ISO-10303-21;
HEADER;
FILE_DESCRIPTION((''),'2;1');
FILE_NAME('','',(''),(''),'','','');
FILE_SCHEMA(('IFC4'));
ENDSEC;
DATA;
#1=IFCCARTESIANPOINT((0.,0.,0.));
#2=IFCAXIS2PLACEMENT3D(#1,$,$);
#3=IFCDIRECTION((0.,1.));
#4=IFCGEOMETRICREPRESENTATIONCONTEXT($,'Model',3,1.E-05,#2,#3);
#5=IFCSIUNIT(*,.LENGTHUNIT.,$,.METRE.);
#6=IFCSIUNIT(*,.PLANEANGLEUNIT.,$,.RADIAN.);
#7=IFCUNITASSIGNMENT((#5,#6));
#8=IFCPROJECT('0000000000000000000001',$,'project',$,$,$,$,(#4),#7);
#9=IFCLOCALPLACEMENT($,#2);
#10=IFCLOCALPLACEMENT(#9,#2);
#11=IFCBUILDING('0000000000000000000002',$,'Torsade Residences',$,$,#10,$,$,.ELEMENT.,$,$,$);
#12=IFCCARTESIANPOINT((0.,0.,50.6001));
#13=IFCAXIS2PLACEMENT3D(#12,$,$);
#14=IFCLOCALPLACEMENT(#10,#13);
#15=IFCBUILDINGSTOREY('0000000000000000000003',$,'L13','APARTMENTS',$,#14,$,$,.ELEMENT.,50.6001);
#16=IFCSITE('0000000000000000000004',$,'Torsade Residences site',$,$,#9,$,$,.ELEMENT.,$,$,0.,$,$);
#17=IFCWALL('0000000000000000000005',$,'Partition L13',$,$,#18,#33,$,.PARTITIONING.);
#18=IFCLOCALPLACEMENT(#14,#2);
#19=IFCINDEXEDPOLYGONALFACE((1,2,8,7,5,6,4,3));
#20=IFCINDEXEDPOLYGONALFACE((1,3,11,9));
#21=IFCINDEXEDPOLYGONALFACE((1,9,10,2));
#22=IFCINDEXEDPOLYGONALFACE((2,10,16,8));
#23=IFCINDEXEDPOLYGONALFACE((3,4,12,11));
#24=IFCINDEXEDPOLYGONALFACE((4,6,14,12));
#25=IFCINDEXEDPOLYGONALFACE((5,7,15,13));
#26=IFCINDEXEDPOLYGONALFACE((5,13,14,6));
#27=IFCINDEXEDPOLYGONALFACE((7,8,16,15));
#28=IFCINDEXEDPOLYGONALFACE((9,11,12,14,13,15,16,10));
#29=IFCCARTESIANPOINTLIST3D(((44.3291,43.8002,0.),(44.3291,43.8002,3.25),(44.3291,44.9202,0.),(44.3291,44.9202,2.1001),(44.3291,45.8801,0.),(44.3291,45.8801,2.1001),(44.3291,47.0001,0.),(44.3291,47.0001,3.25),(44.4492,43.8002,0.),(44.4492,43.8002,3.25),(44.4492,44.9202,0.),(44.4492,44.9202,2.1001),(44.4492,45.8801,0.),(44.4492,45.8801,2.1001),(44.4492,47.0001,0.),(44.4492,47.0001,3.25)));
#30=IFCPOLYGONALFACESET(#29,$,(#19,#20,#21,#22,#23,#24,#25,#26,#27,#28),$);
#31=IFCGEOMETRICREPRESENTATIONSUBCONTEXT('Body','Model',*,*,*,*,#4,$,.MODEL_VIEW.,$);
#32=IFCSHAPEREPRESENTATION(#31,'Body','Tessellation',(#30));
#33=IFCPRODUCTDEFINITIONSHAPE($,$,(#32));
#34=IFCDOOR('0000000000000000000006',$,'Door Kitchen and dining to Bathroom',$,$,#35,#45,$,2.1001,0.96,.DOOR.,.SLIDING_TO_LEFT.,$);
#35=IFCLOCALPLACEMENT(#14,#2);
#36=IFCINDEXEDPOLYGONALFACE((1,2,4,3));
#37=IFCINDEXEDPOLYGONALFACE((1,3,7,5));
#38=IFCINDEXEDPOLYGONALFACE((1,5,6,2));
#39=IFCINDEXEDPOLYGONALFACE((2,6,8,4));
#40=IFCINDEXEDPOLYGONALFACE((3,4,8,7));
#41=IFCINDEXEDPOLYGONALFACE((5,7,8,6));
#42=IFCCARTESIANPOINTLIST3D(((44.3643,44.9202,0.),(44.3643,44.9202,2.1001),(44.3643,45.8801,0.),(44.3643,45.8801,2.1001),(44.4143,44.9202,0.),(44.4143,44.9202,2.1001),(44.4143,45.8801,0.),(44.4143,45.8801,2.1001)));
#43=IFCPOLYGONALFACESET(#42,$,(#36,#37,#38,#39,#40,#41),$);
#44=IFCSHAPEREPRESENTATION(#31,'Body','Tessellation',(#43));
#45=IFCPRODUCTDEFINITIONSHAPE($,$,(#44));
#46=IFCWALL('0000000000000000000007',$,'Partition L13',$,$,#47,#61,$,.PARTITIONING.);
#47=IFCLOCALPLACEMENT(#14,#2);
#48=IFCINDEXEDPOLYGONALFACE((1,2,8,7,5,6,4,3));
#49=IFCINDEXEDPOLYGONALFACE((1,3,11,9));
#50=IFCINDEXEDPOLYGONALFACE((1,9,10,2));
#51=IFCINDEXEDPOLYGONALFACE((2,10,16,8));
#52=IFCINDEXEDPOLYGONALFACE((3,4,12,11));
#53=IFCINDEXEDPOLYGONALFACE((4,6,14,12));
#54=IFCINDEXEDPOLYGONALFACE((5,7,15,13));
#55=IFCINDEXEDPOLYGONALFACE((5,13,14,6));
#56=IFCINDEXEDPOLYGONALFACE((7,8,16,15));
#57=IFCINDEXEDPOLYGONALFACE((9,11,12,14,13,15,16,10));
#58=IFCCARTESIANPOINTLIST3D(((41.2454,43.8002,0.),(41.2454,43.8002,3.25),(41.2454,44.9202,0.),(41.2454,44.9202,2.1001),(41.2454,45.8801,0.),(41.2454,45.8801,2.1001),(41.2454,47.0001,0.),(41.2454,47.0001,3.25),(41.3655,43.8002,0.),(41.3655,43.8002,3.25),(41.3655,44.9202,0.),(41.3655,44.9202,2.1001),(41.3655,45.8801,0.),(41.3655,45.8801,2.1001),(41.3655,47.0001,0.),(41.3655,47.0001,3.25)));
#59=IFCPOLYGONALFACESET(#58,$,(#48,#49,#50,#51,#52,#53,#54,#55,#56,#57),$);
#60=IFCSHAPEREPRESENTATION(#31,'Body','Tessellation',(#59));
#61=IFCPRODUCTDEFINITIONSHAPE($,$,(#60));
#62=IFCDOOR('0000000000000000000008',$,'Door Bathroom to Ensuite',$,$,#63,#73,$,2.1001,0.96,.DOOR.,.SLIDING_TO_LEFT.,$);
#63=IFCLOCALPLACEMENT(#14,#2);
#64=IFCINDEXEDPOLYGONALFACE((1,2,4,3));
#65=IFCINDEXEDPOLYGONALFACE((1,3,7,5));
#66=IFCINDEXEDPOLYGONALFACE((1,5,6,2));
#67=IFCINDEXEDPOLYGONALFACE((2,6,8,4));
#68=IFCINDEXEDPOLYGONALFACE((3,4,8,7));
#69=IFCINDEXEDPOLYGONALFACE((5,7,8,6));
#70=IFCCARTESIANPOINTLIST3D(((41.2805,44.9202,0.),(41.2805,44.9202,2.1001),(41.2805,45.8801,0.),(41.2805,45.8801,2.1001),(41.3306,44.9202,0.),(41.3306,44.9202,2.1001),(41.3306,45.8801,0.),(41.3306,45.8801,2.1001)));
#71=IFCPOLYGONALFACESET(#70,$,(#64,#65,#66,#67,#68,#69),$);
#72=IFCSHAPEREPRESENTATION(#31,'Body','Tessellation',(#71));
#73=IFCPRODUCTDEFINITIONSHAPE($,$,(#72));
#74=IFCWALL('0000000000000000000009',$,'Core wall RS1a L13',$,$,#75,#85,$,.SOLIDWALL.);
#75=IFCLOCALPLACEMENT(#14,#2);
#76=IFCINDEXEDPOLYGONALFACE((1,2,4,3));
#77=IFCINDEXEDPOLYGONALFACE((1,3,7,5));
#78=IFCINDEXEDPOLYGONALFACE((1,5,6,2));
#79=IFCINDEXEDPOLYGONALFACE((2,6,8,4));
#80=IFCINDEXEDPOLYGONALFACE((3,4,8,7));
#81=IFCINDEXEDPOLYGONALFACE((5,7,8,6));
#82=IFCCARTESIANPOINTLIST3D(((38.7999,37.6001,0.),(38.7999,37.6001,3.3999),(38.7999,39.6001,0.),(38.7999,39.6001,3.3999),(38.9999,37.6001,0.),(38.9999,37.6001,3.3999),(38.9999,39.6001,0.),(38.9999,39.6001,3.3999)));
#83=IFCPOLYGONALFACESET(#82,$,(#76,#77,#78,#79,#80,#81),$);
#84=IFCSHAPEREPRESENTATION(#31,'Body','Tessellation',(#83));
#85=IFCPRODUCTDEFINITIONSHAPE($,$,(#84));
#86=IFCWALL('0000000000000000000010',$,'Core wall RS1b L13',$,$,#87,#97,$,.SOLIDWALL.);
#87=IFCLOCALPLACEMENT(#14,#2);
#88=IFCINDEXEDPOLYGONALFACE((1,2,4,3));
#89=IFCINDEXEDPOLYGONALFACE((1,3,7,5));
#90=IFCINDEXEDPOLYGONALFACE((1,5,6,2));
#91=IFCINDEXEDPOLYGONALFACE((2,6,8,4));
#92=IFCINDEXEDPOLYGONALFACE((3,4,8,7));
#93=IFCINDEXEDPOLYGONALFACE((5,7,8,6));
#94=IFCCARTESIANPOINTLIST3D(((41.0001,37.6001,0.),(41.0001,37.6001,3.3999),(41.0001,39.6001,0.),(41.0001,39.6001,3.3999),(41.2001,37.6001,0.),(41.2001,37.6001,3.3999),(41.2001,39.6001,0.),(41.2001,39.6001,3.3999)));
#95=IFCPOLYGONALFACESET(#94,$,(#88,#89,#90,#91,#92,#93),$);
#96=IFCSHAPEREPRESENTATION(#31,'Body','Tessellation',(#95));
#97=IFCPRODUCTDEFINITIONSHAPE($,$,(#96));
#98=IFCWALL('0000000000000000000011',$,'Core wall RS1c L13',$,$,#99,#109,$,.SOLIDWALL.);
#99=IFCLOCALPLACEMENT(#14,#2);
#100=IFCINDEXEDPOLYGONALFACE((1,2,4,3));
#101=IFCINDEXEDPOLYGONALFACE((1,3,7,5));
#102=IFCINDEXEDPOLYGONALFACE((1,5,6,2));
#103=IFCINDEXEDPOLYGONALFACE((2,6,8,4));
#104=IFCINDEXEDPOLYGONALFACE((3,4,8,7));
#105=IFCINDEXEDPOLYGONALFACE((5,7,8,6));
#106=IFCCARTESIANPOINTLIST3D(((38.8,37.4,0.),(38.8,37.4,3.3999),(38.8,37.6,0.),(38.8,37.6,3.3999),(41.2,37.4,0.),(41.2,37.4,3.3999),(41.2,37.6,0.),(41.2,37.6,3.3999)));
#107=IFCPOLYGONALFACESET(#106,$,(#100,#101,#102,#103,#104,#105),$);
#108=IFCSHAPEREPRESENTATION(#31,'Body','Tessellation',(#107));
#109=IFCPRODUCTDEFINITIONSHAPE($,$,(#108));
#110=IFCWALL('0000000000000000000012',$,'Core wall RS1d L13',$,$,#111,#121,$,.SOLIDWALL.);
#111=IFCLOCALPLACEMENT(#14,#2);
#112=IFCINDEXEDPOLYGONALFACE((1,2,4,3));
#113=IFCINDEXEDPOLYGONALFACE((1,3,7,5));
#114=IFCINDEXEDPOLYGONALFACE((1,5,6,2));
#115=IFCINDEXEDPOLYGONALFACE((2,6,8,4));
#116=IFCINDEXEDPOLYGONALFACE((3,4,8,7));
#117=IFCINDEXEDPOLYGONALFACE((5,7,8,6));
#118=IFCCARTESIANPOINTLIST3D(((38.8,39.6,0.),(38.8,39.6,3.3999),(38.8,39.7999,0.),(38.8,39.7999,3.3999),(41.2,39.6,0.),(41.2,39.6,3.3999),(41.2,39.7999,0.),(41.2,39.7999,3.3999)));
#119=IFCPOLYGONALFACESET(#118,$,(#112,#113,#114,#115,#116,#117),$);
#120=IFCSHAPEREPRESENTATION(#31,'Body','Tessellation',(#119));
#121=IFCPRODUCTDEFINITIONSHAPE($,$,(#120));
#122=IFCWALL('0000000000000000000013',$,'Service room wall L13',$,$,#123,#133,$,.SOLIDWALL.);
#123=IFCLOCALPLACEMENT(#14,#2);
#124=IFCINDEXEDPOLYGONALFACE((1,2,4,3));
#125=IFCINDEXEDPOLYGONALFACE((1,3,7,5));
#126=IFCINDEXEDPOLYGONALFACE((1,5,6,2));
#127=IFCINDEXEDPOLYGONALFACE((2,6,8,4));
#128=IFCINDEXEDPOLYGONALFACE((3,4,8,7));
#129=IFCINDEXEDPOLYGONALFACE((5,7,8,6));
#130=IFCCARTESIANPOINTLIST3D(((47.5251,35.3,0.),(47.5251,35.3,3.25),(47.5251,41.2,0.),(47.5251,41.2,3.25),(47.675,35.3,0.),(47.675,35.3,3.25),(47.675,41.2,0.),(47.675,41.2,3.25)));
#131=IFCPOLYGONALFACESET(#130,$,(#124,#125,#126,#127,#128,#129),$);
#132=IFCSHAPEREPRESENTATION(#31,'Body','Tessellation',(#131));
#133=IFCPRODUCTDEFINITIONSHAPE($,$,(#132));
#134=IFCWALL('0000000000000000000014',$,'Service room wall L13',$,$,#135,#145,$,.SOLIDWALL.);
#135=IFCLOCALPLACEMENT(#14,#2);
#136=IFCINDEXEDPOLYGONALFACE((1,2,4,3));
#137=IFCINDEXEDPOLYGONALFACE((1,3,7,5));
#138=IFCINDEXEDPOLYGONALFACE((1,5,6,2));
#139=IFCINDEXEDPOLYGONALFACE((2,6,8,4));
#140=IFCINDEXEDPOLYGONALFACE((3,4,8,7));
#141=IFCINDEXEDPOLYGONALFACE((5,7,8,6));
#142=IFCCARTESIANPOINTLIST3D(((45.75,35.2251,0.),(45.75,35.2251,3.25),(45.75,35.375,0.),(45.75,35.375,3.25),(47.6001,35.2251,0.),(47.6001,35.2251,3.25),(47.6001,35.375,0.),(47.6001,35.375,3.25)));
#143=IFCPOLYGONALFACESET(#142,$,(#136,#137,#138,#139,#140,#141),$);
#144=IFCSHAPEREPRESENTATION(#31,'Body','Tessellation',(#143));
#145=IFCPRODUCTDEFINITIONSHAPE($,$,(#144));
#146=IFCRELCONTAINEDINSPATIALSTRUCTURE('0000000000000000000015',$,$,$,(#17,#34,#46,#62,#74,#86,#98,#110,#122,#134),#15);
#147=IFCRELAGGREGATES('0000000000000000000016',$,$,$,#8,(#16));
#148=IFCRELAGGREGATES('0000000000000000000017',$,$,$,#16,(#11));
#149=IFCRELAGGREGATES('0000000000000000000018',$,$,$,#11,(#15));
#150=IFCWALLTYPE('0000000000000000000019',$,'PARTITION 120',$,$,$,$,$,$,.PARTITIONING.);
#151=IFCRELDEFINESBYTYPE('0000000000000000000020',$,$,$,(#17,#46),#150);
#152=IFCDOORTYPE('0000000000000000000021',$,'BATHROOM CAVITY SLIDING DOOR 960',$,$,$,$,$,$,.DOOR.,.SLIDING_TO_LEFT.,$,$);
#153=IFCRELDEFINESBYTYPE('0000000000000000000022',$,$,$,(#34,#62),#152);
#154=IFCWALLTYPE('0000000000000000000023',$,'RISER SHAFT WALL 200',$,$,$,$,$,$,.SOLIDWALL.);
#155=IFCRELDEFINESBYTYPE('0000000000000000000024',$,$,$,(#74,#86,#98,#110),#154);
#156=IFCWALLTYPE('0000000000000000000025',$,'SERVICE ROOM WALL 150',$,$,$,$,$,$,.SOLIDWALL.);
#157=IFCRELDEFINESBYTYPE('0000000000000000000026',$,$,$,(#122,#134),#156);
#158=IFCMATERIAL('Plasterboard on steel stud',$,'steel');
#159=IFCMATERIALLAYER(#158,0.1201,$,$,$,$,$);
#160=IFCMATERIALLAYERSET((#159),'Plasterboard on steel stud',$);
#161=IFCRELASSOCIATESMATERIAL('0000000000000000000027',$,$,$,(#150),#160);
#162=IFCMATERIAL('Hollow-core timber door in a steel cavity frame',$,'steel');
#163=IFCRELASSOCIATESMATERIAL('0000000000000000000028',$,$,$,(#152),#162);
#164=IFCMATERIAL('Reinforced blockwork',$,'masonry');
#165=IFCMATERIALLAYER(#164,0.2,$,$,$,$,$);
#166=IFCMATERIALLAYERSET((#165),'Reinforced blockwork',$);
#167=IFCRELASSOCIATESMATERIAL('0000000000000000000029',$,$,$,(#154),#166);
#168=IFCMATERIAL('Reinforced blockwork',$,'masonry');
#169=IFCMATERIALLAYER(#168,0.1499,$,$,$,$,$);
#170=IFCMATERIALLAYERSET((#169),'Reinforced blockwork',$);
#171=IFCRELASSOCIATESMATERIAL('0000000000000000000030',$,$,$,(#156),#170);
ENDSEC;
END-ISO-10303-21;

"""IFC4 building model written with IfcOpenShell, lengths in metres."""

from ifc_helpers import new_model, si_unit, direction, frame, frame_2d, origin, place, context, subcontext, project, spatial, rectangle, extrude, material, layer, layer_set, type_object, element, fill, save


model = new_model("IFC4")

# Units and contexts
model_context = context("Model", 3, precision=1e-05, world=origin(), true_north=direction((0.0, 1.0)))
body_context = subcontext(model_context, "Body", "Model", "MODEL_VIEW")
ifc_project = project(units=[si_unit("LENGTHUNIT", "METRE"), si_unit("PLANEANGLEUNIT", "RADIAN")], contexts=[model_context])

# Site, building, storey
site_placement = place(None, origin())
site = spatial("IfcSite", under=ifc_project, at=site_placement, Name="Torsade Residences site", CompositionType="ELEMENT", RefElevation=0.0)
building_placement = place(site_placement, origin())
building = spatial("IfcBuilding", under=site, at=building_placement, Name="Torsade Residences", CompositionType="ELEMENT")
storey_placement = place(building_placement, frame((0.0, 0.0, 50.6001)))
storey = spatial("IfcBuildingStorey", under=building, at=storey_placement, Name="L13", Description="APARTMENTS", CompositionType="ELEMENT", Elevation=50.6001)

# Walls, openings, doors
ifc_material_1 = material(Name="Plasterboard on steel stud", Category="steel")
ifc_layer_1 = layer(ifc_material_1, 0.1201)
ifc_layer_set_1 = layer_set([ifc_layer_1], Name="Plasterboard on steel stud")
wall_type_1 = type_object("IfcWallType", Name="PARTITION 120", PredefinedType="PARTITIONING", material=ifc_layer_set_1)
wall_1_placement = place(storey_placement, frame((44.3892, 43.8, 0.0), z_axis=(0.0, 0.0, 1.0), x_axis=(0.0, 1.0, 0.0)))
wall_1 = element("IfcWall", 1, at=wall_1_placement, inside=storey, type_object=wall_type_1, Name="Partition L13", PredefinedType="PARTITIONING", context=body_context, shape_type="SweptSolid", body=[
    extrude(rectangle(XDim=3.2, YDim=0.1201, at=frame_2d((1.6001, 0.0))), origin(), (0.0, 0.0, 1.0), 3.25),
])
opening_1_placement = place(wall_1_placement, frame((1.1201, 0.0, 0.0)))
opening_1 = element("IfcOpeningElement", 2, at=opening_1_placement, cuts=wall_1, PredefinedType="OPENING", context=body_context, shape_type="SweptSolid", body=[
    extrude(rectangle(XDim=0.96, YDim=2.1001, at=frame_2d((0.48, 1.05))), frame((0.0, 0.0701, 0.0), z_axis=(0.0, -1.0, 0.0), x_axis=(1.0, 0.0, 0.0)), (0.0, 0.0, 1.0), 0.1401),
])
ifc_material_2 = material(Name="Hollow-core timber door in a steel cavity frame", Category="steel")
door_type = type_object("IfcDoorType", Name="BATHROOM CAVITY SLIDING DOOR 960", OperationType="SLIDING_TO_LEFT", PredefinedType="DOOR", material=ifc_material_2)
door_1_placement = place(opening_1_placement, origin())
door_1 = element("IfcDoor", 3, at=door_1_placement, inside=storey, type_object=door_type, Name="Door Kitchen and dining to Bathroom", OperationType="SLIDING_TO_LEFT", OverallHeight=2.1001, OverallWidth=0.96, PredefinedType="DOOR", context=body_context, shape_type="SweptSolid", body=[
    extrude(rectangle(XDim=0.96, YDim=2.1001, at=frame_2d((0.48, 1.05))), frame((0.0, 0.0249, 0.0), z_axis=(0.0, -1.0, 0.0), x_axis=(1.0, 0.0, 0.0)), (0.0, 0.0, 1.0), 0.05),
])
fill(opening_1, door_1)
wall_2_placement = place(storey_placement, frame((41.3054, 43.8, 0.0), z_axis=(0.0, 0.0, 1.0), x_axis=(0.0, 1.0, 0.0)))
wall_2 = element("IfcWall", 4, at=wall_2_placement, inside=storey, type_object=wall_type_1, Name="Partition L13", PredefinedType="PARTITIONING", context=body_context, shape_type="SweptSolid", body=[
    extrude(rectangle(XDim=3.2, YDim=0.1201, at=frame_2d((1.6001, 0.0))), origin(), (0.0, 0.0, 1.0), 3.25),
])
opening_2_placement = place(wall_2_placement, frame((1.1201, 0.0, 0.0)))
opening_2 = element("IfcOpeningElement", 5, at=opening_2_placement, cuts=wall_2, PredefinedType="OPENING", context=body_context, shape_type="SweptSolid", body=[
    extrude(rectangle(XDim=0.96, YDim=2.1001, at=frame_2d((0.48, 1.05))), frame((0.0, 0.0701, 0.0), z_axis=(0.0, -1.0, 0.0), x_axis=(1.0, 0.0, 0.0)), (0.0, 0.0, 1.0), 0.1401),
])
door_2_placement = place(opening_2_placement, origin())
door_2 = element("IfcDoor", 6, at=door_2_placement, inside=storey, type_object=door_type, Name="Door Bathroom to Ensuite", OperationType="SLIDING_TO_LEFT", OverallHeight=2.1001, OverallWidth=0.96, PredefinedType="DOOR", context=body_context, shape_type="SweptSolid", body=[
    extrude(rectangle(XDim=0.96, YDim=2.1001, at=frame_2d((0.48, 1.05))), frame((0.0, 0.0249, 0.0), z_axis=(0.0, -1.0, 0.0), x_axis=(1.0, 0.0, 0.0)), (0.0, 0.0, 1.0), 0.05),
])
fill(opening_2, door_2)

# Walls
ifc_material_3 = material(Name="Reinforced blockwork", Category="masonry")
ifc_layer_2 = layer(ifc_material_3, 0.2)
ifc_layer_set_2 = layer_set([ifc_layer_2], Name="Reinforced blockwork")
wall_type_2 = type_object("IfcWallType", Name="RISER SHAFT WALL 200", PredefinedType="SOLIDWALL", material=ifc_layer_set_2)
for number, where, z_axis, x_axis, name in (
    (7, (38.8999, 37.6001, 0.0), (0.0, 0.0, 1.0), (0.0, 1.0, 0.0), "Core wall RS1a L13"),
    (8, (41.1001, 37.6001, 0.0), (0.0, 0.0, 1.0), (0.0, 1.0, 0.0), "Core wall RS1b L13"),
):
    element("IfcWall", number, at=place(storey_placement, frame(where, z_axis=z_axis, x_axis=x_axis)), inside=storey, type_object=wall_type_2, Name=name, PredefinedType="SOLIDWALL", context=body_context, shape_type="SweptSolid", body=[
        extrude(rectangle(XDim=2.0, YDim=0.2, at=frame_2d((1.0, 0.0))), origin(), (0.0, 0.0, 1.0), 3.3999),
    ])
for number, where, z_axis, x_axis, name in (
    (9, (38.8, 37.5, 0.0), (0.0, 0.0, 1.0), (1.0, 0.0, 0.0), "Core wall RS1c L13"),
    (10, (38.8, 39.7, 0.0), (0.0, 0.0, 1.0), (1.0, 0.0, 0.0), "Core wall RS1d L13"),
):
    element("IfcWall", number, at=place(storey_placement, frame(where, z_axis=z_axis, x_axis=x_axis)), inside=storey, type_object=wall_type_2, Name=name, PredefinedType="SOLIDWALL", context=body_context, shape_type="SweptSolid", body=[
        extrude(rectangle(XDim=2.3999, YDim=0.2, at=frame_2d((1.2, 0.0))), origin(), (0.0, 0.0, 1.0), 3.3999),
    ])
ifc_material_4 = material(Name="Reinforced blockwork", Category="masonry")
ifc_layer_3 = layer(ifc_material_4, 0.1499)
ifc_layer_set_3 = layer_set([ifc_layer_3], Name="Reinforced blockwork")
wall_type_3 = type_object("IfcWallType", Name="SERVICE ROOM WALL 150", PredefinedType="SOLIDWALL", material=ifc_layer_set_3)
wall_3_placement = place(storey_placement, frame((47.6001, 41.2, 0.0), z_axis=(0.0, 0.0, 1.0), x_axis=(0.0, -1.0, 0.0)))
element("IfcWall", 11, at=wall_3_placement, inside=storey, type_object=wall_type_3, Name="Service room wall L13", PredefinedType="SOLIDWALL", context=body_context, shape_type="SweptSolid", body=[
    extrude(rectangle(XDim=5.8999, YDim=0.1499, at=frame_2d((2.95, 0.0))), origin(), (0.0, 0.0, 1.0), 3.25),
])
wall_4_placement = place(storey_placement, frame((47.6001, 35.3, 0.0), z_axis=(0.0, 0.0, 1.0), x_axis=(-1.0, 0.0, 0.0)))
element("IfcWall", 12, at=wall_4_placement, inside=storey, type_object=wall_type_3, Name="Service room wall L13", PredefinedType="SOLIDWALL", context=body_context, shape_type="SweptSolid", body=[
    extrude(rectangle(XDim=1.8501, YDim=0.1499, at=frame_2d((0.925, 0.0))), origin(), (0.0, 0.0, 1.0), 3.25),
])

save(model, "model.ifc")
